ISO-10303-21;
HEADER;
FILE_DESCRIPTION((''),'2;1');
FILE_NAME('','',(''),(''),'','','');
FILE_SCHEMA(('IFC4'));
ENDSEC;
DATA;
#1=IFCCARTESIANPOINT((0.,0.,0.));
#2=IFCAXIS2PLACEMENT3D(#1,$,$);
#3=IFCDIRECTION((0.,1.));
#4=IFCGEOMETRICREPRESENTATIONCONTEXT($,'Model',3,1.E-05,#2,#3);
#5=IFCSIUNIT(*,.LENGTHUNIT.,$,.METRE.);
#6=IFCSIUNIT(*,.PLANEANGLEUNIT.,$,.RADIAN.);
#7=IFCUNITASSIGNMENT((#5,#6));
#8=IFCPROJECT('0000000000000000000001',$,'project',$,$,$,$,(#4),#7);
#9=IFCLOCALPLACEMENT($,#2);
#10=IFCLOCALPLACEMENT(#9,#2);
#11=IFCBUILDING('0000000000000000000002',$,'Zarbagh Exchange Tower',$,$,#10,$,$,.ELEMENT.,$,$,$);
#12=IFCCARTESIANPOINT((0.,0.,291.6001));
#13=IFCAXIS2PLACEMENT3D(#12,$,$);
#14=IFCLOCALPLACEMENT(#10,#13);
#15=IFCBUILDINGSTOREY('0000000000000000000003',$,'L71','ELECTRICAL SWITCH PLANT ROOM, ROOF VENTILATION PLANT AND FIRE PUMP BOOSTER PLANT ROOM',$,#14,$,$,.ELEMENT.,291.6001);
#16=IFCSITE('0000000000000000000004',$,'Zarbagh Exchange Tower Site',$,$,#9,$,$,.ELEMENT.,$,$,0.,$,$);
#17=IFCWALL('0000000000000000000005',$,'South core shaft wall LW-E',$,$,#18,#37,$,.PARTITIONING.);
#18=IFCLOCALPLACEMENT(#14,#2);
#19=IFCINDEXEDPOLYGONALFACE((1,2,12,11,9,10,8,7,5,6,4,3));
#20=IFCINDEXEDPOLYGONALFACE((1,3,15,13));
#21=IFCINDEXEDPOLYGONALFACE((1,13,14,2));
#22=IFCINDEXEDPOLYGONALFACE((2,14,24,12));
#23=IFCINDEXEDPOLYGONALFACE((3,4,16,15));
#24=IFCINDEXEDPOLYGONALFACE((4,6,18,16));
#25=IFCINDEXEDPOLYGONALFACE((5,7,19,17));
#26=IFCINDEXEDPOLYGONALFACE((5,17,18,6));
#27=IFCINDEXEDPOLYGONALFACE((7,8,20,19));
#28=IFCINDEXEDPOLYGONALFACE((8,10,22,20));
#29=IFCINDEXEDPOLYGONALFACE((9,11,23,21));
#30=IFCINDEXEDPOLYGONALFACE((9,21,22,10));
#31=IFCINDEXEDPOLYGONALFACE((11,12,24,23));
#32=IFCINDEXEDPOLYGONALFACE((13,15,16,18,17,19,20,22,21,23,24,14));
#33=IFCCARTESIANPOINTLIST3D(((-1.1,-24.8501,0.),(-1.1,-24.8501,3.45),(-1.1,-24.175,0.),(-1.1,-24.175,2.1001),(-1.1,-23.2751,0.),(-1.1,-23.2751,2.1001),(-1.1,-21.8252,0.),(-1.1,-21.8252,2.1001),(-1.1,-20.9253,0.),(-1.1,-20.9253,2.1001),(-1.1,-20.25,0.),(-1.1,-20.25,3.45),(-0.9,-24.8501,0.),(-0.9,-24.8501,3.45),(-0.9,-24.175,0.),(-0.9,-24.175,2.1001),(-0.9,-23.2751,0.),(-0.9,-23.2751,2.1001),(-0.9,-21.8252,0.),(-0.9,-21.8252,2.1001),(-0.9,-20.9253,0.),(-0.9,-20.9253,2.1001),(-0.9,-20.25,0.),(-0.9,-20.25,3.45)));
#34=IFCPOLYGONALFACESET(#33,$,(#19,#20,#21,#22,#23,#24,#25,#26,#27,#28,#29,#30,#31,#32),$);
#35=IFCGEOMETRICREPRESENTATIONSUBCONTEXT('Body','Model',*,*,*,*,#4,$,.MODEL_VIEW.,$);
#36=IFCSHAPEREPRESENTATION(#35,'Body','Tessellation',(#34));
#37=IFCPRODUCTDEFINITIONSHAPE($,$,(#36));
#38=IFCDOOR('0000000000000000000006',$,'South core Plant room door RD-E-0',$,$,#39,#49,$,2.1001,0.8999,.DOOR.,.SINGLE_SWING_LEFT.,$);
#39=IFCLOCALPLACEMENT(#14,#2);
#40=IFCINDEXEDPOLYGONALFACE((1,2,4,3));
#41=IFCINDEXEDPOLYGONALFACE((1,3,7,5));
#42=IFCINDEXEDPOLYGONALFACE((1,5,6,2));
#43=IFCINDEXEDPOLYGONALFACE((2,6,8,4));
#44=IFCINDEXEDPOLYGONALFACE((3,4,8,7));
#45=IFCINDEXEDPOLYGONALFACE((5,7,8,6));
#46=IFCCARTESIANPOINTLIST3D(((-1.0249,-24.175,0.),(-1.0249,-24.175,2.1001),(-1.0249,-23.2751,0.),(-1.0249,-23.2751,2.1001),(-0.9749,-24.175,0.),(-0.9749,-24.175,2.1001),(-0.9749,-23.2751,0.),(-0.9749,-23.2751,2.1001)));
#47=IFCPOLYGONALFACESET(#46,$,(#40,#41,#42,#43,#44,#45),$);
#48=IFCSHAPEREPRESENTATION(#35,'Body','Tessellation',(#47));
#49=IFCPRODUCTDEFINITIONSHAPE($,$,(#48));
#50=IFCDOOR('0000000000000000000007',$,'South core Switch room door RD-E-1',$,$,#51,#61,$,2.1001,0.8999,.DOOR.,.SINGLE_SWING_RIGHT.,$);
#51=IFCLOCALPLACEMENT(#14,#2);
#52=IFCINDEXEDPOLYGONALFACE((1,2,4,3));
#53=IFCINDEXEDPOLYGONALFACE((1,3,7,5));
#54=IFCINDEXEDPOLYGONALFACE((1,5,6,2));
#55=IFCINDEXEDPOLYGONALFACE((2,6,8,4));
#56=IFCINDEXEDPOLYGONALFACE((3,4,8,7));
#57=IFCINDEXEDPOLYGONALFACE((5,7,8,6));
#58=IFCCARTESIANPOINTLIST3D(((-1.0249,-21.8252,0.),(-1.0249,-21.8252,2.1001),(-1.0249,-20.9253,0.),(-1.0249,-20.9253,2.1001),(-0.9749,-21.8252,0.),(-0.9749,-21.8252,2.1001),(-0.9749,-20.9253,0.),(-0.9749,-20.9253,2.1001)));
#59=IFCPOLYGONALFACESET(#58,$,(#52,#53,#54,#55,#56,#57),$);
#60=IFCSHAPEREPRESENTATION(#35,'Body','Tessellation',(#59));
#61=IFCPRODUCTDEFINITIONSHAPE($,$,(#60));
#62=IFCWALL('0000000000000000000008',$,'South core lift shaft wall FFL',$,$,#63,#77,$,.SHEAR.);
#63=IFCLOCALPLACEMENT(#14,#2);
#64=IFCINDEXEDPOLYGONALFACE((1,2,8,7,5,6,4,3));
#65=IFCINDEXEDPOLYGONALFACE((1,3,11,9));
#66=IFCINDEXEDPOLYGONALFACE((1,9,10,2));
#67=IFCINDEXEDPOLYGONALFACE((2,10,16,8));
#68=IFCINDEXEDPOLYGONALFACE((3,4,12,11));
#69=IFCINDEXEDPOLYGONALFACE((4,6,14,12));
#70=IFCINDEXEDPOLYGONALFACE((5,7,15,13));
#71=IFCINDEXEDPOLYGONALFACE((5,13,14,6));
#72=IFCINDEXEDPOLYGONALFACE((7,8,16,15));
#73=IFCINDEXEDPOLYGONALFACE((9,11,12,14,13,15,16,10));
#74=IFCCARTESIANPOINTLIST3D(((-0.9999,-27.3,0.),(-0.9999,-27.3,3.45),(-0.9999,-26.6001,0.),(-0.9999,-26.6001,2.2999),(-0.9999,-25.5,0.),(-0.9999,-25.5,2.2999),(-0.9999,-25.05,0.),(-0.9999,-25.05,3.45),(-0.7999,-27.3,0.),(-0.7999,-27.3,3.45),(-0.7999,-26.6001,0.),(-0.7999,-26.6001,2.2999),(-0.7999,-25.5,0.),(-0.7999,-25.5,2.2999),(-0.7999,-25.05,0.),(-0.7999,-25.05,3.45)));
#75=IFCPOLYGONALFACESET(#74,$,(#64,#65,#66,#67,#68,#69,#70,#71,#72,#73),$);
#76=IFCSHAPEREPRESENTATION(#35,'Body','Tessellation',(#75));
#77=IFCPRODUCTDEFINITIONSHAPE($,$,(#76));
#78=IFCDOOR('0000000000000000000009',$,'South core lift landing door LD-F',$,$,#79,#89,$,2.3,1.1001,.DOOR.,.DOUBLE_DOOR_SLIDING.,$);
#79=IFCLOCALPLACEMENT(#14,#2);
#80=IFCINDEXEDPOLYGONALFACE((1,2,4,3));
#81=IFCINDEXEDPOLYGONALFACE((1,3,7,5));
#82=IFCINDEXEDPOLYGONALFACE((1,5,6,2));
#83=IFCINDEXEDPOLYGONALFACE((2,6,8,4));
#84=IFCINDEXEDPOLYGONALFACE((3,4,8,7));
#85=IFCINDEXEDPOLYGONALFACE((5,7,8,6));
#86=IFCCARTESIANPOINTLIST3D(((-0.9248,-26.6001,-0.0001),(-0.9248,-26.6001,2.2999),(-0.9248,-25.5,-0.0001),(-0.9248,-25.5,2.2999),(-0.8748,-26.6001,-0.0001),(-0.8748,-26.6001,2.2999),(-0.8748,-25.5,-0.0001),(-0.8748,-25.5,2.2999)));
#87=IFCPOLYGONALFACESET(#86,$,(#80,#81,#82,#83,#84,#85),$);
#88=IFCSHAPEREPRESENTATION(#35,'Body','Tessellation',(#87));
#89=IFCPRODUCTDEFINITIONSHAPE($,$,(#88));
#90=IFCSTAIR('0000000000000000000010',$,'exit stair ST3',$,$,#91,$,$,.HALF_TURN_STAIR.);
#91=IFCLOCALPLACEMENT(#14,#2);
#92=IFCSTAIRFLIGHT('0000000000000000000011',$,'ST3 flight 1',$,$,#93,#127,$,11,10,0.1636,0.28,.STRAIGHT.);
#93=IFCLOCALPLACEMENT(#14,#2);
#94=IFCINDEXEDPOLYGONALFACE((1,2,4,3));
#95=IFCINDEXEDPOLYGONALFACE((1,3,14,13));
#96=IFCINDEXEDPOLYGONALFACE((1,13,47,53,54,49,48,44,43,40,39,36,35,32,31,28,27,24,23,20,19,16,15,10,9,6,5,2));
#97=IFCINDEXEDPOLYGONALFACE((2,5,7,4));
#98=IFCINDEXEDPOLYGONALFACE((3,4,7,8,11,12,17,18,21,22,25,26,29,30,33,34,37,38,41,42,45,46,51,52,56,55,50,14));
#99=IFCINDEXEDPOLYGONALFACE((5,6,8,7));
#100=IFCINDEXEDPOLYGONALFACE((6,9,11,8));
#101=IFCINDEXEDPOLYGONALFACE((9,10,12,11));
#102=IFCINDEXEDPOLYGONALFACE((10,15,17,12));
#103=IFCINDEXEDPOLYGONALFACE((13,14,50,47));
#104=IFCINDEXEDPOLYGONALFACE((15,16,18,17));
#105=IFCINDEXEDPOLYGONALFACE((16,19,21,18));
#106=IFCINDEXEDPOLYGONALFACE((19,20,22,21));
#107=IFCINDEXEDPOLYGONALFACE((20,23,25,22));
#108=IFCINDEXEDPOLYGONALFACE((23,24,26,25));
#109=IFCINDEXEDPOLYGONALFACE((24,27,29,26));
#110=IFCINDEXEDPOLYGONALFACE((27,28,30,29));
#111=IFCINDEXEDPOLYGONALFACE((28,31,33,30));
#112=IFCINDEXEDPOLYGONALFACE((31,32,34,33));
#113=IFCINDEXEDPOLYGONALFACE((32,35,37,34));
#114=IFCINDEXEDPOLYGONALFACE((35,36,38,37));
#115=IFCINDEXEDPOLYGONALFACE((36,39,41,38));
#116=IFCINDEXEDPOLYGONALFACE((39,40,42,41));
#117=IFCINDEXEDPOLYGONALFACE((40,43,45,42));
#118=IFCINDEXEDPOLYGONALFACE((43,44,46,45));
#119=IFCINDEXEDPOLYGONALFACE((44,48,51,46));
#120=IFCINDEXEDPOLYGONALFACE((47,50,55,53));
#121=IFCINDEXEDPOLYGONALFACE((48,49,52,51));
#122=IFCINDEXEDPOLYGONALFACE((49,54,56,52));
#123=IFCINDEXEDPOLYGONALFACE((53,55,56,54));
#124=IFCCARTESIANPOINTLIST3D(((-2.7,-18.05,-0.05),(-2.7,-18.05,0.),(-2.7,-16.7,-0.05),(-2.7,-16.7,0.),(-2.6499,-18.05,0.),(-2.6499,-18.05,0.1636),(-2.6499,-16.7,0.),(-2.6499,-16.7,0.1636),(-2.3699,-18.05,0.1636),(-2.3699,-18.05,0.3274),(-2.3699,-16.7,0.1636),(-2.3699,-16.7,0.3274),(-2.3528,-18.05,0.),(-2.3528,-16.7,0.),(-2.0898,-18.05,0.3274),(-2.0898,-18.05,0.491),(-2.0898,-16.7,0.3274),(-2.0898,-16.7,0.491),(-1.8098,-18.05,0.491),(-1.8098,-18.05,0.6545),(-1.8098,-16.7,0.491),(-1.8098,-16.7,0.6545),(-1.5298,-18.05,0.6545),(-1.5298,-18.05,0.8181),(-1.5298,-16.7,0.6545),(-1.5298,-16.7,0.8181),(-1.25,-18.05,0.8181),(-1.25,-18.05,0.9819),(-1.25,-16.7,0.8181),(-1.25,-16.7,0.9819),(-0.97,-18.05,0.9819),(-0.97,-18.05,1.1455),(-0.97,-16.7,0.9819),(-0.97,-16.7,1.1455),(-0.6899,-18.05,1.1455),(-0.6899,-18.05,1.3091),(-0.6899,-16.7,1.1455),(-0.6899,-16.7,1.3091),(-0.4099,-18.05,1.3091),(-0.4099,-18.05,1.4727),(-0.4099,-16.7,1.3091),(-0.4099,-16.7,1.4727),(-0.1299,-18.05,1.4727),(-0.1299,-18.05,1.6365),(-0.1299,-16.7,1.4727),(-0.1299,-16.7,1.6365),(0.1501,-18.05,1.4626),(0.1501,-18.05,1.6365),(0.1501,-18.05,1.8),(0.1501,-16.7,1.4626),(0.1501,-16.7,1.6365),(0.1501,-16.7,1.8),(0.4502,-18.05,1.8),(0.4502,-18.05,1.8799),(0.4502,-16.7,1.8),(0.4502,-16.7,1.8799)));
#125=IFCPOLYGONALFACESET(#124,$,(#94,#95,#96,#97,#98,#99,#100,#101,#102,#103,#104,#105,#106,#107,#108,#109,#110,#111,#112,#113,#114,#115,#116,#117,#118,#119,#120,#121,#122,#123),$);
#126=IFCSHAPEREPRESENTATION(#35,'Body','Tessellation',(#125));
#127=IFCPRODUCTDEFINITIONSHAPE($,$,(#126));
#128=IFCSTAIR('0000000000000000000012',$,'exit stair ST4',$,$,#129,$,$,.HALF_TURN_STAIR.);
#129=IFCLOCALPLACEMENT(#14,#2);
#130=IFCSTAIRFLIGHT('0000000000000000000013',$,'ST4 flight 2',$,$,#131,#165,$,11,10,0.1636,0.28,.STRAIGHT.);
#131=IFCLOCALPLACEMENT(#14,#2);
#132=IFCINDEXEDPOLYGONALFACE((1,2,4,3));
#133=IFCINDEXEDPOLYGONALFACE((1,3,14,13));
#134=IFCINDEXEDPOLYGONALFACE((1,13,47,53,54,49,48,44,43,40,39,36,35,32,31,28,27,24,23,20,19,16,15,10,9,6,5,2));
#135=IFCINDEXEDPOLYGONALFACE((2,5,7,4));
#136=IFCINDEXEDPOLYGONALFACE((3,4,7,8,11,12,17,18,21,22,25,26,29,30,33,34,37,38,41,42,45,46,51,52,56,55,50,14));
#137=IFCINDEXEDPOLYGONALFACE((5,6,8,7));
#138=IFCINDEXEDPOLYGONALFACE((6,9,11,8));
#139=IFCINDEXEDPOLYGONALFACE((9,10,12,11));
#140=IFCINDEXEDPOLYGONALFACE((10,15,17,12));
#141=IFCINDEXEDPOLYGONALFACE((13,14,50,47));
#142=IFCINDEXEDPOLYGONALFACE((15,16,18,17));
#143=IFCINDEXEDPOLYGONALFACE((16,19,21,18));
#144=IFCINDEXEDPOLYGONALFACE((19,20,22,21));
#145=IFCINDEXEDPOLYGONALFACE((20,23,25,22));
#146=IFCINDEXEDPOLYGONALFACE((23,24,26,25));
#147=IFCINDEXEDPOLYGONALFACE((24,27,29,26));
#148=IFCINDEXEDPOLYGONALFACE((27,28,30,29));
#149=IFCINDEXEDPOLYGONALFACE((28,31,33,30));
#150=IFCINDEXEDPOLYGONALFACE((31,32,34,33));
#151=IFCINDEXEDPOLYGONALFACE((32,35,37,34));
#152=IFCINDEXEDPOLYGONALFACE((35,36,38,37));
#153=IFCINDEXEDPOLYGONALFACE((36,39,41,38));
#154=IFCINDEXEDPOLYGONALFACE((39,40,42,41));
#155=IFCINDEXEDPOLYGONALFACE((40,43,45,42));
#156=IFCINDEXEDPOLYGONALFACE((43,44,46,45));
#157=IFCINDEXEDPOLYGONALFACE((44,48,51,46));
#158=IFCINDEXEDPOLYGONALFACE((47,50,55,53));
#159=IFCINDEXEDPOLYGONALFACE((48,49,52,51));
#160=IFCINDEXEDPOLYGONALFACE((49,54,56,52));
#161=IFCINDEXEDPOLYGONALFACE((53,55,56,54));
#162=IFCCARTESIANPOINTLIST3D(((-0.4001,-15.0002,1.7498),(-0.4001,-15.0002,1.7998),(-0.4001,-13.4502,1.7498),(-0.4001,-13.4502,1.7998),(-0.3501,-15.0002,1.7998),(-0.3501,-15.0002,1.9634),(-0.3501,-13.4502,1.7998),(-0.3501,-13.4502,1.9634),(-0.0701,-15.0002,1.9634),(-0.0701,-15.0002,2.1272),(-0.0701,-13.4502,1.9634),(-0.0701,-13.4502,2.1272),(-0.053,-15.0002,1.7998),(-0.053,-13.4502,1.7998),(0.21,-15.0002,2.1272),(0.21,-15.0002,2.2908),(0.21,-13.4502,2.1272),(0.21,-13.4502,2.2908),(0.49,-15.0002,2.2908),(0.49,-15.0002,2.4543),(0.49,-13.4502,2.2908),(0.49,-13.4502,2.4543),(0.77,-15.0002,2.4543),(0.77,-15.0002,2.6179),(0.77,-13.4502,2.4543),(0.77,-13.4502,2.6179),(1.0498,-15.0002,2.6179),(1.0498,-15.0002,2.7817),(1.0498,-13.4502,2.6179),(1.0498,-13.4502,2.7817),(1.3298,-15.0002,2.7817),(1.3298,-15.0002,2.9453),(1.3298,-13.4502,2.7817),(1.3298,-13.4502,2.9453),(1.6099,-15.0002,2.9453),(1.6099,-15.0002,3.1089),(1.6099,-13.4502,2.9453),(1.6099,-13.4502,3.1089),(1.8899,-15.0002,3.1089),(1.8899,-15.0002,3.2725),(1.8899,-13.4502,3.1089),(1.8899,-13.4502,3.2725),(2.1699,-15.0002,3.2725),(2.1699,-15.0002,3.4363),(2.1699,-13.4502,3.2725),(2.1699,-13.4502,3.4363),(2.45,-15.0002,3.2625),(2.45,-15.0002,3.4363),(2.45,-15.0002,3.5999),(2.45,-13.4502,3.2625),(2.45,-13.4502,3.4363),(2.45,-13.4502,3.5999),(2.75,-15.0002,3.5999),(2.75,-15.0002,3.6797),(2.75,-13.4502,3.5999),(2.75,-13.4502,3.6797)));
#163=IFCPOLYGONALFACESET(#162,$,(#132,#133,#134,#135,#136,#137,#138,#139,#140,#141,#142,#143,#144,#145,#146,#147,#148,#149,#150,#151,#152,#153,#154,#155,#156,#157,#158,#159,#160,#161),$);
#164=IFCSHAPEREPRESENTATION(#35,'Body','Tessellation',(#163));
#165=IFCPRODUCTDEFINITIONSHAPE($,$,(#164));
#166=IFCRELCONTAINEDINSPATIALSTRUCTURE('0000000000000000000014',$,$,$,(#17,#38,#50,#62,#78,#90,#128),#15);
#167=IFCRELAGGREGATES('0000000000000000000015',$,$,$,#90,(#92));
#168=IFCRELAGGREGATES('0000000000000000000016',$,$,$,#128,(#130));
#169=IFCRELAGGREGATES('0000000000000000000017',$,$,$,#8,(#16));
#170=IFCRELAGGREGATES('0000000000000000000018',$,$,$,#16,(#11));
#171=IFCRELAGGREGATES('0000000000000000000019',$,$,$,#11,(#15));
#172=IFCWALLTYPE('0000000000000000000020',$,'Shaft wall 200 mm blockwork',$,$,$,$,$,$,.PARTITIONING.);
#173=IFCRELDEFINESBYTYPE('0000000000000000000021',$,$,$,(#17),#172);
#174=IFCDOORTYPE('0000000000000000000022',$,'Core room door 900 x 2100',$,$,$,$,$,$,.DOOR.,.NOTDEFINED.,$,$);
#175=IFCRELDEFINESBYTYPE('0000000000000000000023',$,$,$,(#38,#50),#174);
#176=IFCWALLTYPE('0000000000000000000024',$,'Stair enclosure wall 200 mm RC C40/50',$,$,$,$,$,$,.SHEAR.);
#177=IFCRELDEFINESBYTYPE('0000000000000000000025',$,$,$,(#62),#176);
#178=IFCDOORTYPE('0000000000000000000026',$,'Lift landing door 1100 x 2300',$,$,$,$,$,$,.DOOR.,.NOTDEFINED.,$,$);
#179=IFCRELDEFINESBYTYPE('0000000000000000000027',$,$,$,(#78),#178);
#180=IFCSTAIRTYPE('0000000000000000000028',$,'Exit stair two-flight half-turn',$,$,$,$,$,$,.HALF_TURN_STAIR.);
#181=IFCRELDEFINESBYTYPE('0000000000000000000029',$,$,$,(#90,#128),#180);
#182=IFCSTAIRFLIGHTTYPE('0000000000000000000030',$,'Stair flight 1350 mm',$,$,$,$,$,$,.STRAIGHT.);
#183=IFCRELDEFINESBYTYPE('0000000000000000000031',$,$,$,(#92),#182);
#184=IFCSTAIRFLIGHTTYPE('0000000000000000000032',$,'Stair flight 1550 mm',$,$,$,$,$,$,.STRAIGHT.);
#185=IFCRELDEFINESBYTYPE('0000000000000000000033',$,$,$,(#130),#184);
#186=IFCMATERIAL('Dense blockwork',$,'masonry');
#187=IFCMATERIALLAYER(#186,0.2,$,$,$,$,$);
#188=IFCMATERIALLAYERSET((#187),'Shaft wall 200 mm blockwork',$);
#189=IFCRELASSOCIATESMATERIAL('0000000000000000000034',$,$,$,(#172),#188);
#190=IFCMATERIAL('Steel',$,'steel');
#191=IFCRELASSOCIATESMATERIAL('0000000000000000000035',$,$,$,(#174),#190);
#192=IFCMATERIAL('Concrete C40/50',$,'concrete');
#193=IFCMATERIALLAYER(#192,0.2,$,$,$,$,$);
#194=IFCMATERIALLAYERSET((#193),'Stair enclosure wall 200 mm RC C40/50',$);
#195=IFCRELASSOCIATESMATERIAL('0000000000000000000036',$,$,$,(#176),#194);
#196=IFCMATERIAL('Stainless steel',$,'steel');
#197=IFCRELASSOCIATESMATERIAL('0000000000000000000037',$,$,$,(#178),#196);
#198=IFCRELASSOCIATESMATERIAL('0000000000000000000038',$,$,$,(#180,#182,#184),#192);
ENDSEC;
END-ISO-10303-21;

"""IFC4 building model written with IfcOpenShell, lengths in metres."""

from ifc_helpers import new_model, si_unit, direction, frame, frame_2d, origin, place, context, subcontext, project, spatial, polyline, rectangle, outline, extrude, material, layer, layer_set, type_object, element, fill, aggregate, save


model = new_model("IFC4")

# Units and contexts
model_context = context("Model", 3, precision=1e-05, world=origin(), true_north=direction((0.0, 1.0)))
body_context = subcontext(model_context, "Body", "Model", "MODEL_VIEW")
ifc_project = project(units=[si_unit("LENGTHUNIT", "METRE"), si_unit("PLANEANGLEUNIT", "RADIAN")], contexts=[model_context])

# Site, building, storey
site_placement = place(None, origin())
site = spatial("IfcSite", under=ifc_project, at=site_placement, Name="Zarbagh Exchange Tower Site", CompositionType="ELEMENT", RefElevation=0.0)
building_placement = place(site_placement, origin())
building = spatial("IfcBuilding", under=site, at=building_placement, Name="Zarbagh Exchange Tower", CompositionType="ELEMENT")
storey_placement = place(building_placement, frame((0.0, 0.0, 291.6001)))
storey = spatial("IfcBuildingStorey", under=building, at=storey_placement, Name="L71", Description="ELECTRICAL SWITCH PLANT ROOM, ROOF VENTILATION PLANT AND FIRE PUMP BOOSTER PLANT ROOM", CompositionType="ELEMENT", Elevation=291.6001)

# Shared definitions
ifc_material_1 = material(Name="Concrete C40/50", Category="concrete")

# Shared definitions
ifc_material_2 = material(Name="Dense blockwork", Category="masonry")

# Shared definitions
ifc_material_3 = material(Name="Steel", Category="steel")

# Shared definitions
ifc_layer_1 = layer(ifc_material_2, 0.2)
ifc_layer_set_1 = layer_set([ifc_layer_1], Name="Shaft wall 200 mm blockwork")
wall_type_1 = type_object("IfcWallType", Name="Shaft wall 200 mm blockwork", PredefinedType="PARTITIONING", material=ifc_layer_set_1)

# Wall, openings, doors
wall_1_placement = place(storey_placement, frame((-1.0, -24.8501, 0.0), z_axis=(0.0, 0.0, 1.0), x_axis=(0.0, 1.0, 0.0)))
wall_1 = element("IfcWall", 1, at=wall_1_placement, inside=storey, type_object=wall_type_1, Name="South core shaft wall LW-E", PredefinedType="PARTITIONING", context=body_context, shape_type="SweptSolid", body=[
    extrude(rectangle(XDim=4.6001, YDim=0.2, at=frame_2d((2.3, 0.0))), origin(), (0.0, 0.0, 1.0), 3.45),
])
opening_1_placement = place(wall_1_placement, frame((0.675, 0.0, 0.0)))
opening_1 = element("IfcOpeningElement", 2, at=opening_1_placement, cuts=wall_1, PredefinedType="OPENING", context=body_context, shape_type="SweptSolid", body=[
    extrude(rectangle(XDim=0.8999, YDim=2.1001, at=frame_2d((0.45, 1.05))), frame((0.0, 0.1099, 0.0), z_axis=(0.0, -1.0, 0.0), x_axis=(1.0, 0.0, 0.0)), (0.0, 0.0, 1.0), 0.22),
])
opening_2_placement = place(wall_1_placement, frame((3.0249, 0.0, 0.0)))
opening_2 = element("IfcOpeningElement", 3, at=opening_2_placement, cuts=wall_1, PredefinedType="OPENING", context=body_context, shape_type="SweptSolid", body=[
    extrude(rectangle(XDim=0.8999, YDim=2.1001, at=frame_2d((0.45, 1.05))), frame((0.0, 0.1099, 0.0), z_axis=(0.0, -1.0, 0.0), x_axis=(1.0, 0.0, 0.0)), (0.0, 0.0, 1.0), 0.22),
])
door_type_1 = type_object("IfcDoorType", Name="Core room door 900 x 2100", OperationType="NOTDEFINED", PredefinedType="DOOR", material=ifc_material_3)
door_1_placement = place(opening_1_placement, origin())
door_1 = element("IfcDoor", 4, at=door_1_placement, inside=storey, type_object=door_type_1, Name="South core Plant room door RD-E-0", OperationType="SINGLE_SWING_LEFT", OverallHeight=2.1001, OverallWidth=0.8999, PredefinedType="DOOR", context=body_context, shape_type="SweptSolid", body=[
    extrude(rectangle(XDim=0.8999, YDim=2.1001, at=frame_2d((0.45, 1.05))), frame((0.0, 0.0249, 0.0), z_axis=(0.0, -1.0, 0.0), x_axis=(1.0, 0.0, 0.0)), (0.0, 0.0, 1.0), 0.05),
])
fill(opening_1, door_1)
door_2_placement = place(opening_2_placement, origin())
door_2 = element("IfcDoor", 5, at=door_2_placement, inside=storey, type_object=door_type_1, Name="South core Switch room door RD-E-1", OperationType="SINGLE_SWING_RIGHT", OverallHeight=2.1001, OverallWidth=0.8999, PredefinedType="DOOR", context=body_context, shape_type="SweptSolid", body=[
    extrude(rectangle(XDim=0.8999, YDim=2.1001, at=frame_2d((0.45, 1.05))), frame((0.0, 0.0249, 0.0), z_axis=(0.0, -1.0, 0.0), x_axis=(1.0, 0.0, 0.0)), (0.0, 0.0, 1.0), 0.05),
])
fill(opening_2, door_2)

# Wall, opening, door
ifc_layer_2 = layer(ifc_material_1, 0.2)
ifc_layer_set_2 = layer_set([ifc_layer_2], Name="Stair enclosure wall 200 mm RC C40/50")
wall_type_2 = type_object("IfcWallType", Name="Stair enclosure wall 200 mm RC C40/50", PredefinedType="SHEAR", material=ifc_layer_set_2)
wall_2_placement = place(storey_placement, frame((-0.8999, -27.3, 0.0), z_axis=(0.0, 0.0, 1.0), x_axis=(0.0, 1.0, 0.0)))
wall_2 = element("IfcWall", 6, at=wall_2_placement, inside=storey, type_object=wall_type_2, Name="South core lift shaft wall FFL", PredefinedType="SHEAR", context=body_context, shape_type="SweptSolid", body=[
    extrude(rectangle(XDim=2.25, YDim=0.2, at=frame_2d((1.125, 0.0))), origin(), (0.0, 0.0, 1.0), 3.45),
])
opening_3_placement = place(wall_2_placement, frame((0.7, 0.0, 0.0)))
opening_3 = element("IfcOpeningElement", 7, at=opening_3_placement, cuts=wall_2, PredefinedType="OPENING", context=body_context, shape_type="SweptSolid", body=[
    extrude(rectangle(XDim=1.1001, YDim=2.3, at=frame_2d((0.55, 1.1499))), frame((0.0, 0.1099, 0.0), z_axis=(0.0, -1.0, 0.0), x_axis=(1.0, 0.0, 0.0)), (0.0, 0.0, 1.0), 0.22),
])
ifc_material_4 = material(Name="Stainless steel", Category="steel")
door_type_2 = type_object("IfcDoorType", Name="Lift landing door 1100 x 2300", OperationType="NOTDEFINED", PredefinedType="DOOR", material=ifc_material_4)
door_3_placement = place(opening_3_placement, origin())
door_3 = element("IfcDoor", 8, at=door_3_placement, inside=storey, type_object=door_type_2, Name="South core lift landing door LD-F", OperationType="DOUBLE_DOOR_SLIDING", OverallHeight=2.3, OverallWidth=1.1001, PredefinedType="DOOR", context=body_context, shape_type="SweptSolid", body=[
    extrude(rectangle(XDim=1.1001, YDim=2.3, at=frame_2d((0.55, 1.1499))), frame((0.0, 0.0249, 0.0), z_axis=(0.0, -1.0, 0.0), x_axis=(1.0, 0.0, 0.0)), (0.0, 0.0, 1.0), 0.05),
])
fill(opening_3, door_3)

# Stairs, stair flights
stair_type = type_object("IfcStairType", Name="Exit stair two-flight half-turn", PredefinedType="HALF_TURN_STAIR", material=ifc_material_1)
stair_1_placement = place(storey_placement, origin())
stair_1 = element("IfcStair", 9, at=stair_1_placement, inside=storey, type_object=stair_type, Name="exit stair ST3", PredefinedType="HALF_TURN_STAIR")
stair_flight_type_1 = type_object("IfcStairFlightType", Name="Stair flight 1350 mm", PredefinedType="STRAIGHT", material=ifc_material_1)
stair_flight_1_placement = place(storey_placement, frame((-2.6499, -17.375, 0.0), z_axis=(0.0, 0.0, 1.0), x_axis=(1.0, 0.0, 0.0)))
stair_flight_1 = element("IfcStairFlight", 10, at=stair_flight_1_placement, type_object=stair_flight_type_1, Name="ST3 flight 1", NumberOfRisers=11, NumberOfTreads=10, PredefinedType="STRAIGHT", RiserHeight=0.1636, TreadLength=0.28, context=body_context, shape_type="SweptSolid", body=[
    extrude(outline(polyline([(-0.05, -0.05), (-0.05, 0.0), (0.0, 0.0), (0.0, 0.1636), (0.28, 0.1636), (0.28, 0.3274), (0.5601, 0.3274), (0.5601, 0.491), (0.8401, 0.491), (0.8401, 0.6545), (1.1201, 0.6545), (1.1201, 0.8181), (1.3999, 0.8181), (1.3999, 0.9819), (1.6799, 0.9819), (1.6799, 1.1455), (1.96, 1.1455), (1.96, 1.3091), (2.24, 1.3091), (2.24, 1.4727), (2.52, 1.4727), (2.52, 1.6365), (2.8, 1.6365), (2.8, 1.8), (3.1001, 1.8799), (3.1001, 1.8), (2.8, 1.4626), (0.2971, 0.0), (-0.05, -0.05)])), frame((0.0, 0.675, 0.0), z_axis=(0.0, -1.0, 0.0), x_axis=(1.0, 0.0, 0.0)), (0.0, 0.0, 1.0), 1.3501),
])
aggregate(stair_1, [stair_flight_1])
stair_2_placement = place(storey_placement, origin())
stair_2 = element("IfcStair", 11, at=stair_2_placement, inside=storey, type_object=stair_type, Name="exit stair ST4", PredefinedType="HALF_TURN_STAIR")
stair_flight_type_2 = type_object("IfcStairFlightType", Name="Stair flight 1550 mm", PredefinedType="STRAIGHT", material=ifc_material_1)
stair_flight_2_placement = place(storey_placement, frame((-0.3501, -14.2251, 1.7998), z_axis=(0.0, 0.0, 1.0), x_axis=(1.0, 0.0, 0.0)))
stair_flight_2 = element("IfcStairFlight", 12, at=stair_flight_2_placement, type_object=stair_flight_type_2, Name="ST4 flight 2", NumberOfRisers=11, NumberOfTreads=10, PredefinedType="STRAIGHT", RiserHeight=0.1636, TreadLength=0.28, context=body_context, shape_type="SweptSolid", body=[
    extrude(outline(polyline([(-0.05, -0.05), (-0.05, 0.0), (0.0, 0.0), (0.0, 0.1636), (0.28, 0.1636), (0.28, 0.3274), (0.5601, 0.3274), (0.5601, 0.491), (0.8401, 0.491), (0.8401, 0.6545), (1.1201, 0.6545), (1.1201, 0.8181), (1.3999, 0.8181), (1.3999, 0.9819), (1.6799, 0.9819), (1.6799, 1.1455), (1.96, 1.1455), (1.96, 1.3091), (2.24, 1.3091), (2.24, 1.4727), (2.52, 1.4727), (2.52, 1.6365), (2.8, 1.6365), (2.8, 1.8), (3.1001, 1.8799), (3.1001, 1.8), (2.8, 1.4626), (0.2971, 0.0), (-0.05, -0.05)])), frame((0.0, 0.7749, 0.0), z_axis=(0.0, -1.0, 0.0), x_axis=(1.0, 0.0, 0.0)), (0.0, 0.0, 1.0), 1.55),
])
aggregate(stair_2, [stair_flight_2])

save(model, "model.ifc")
